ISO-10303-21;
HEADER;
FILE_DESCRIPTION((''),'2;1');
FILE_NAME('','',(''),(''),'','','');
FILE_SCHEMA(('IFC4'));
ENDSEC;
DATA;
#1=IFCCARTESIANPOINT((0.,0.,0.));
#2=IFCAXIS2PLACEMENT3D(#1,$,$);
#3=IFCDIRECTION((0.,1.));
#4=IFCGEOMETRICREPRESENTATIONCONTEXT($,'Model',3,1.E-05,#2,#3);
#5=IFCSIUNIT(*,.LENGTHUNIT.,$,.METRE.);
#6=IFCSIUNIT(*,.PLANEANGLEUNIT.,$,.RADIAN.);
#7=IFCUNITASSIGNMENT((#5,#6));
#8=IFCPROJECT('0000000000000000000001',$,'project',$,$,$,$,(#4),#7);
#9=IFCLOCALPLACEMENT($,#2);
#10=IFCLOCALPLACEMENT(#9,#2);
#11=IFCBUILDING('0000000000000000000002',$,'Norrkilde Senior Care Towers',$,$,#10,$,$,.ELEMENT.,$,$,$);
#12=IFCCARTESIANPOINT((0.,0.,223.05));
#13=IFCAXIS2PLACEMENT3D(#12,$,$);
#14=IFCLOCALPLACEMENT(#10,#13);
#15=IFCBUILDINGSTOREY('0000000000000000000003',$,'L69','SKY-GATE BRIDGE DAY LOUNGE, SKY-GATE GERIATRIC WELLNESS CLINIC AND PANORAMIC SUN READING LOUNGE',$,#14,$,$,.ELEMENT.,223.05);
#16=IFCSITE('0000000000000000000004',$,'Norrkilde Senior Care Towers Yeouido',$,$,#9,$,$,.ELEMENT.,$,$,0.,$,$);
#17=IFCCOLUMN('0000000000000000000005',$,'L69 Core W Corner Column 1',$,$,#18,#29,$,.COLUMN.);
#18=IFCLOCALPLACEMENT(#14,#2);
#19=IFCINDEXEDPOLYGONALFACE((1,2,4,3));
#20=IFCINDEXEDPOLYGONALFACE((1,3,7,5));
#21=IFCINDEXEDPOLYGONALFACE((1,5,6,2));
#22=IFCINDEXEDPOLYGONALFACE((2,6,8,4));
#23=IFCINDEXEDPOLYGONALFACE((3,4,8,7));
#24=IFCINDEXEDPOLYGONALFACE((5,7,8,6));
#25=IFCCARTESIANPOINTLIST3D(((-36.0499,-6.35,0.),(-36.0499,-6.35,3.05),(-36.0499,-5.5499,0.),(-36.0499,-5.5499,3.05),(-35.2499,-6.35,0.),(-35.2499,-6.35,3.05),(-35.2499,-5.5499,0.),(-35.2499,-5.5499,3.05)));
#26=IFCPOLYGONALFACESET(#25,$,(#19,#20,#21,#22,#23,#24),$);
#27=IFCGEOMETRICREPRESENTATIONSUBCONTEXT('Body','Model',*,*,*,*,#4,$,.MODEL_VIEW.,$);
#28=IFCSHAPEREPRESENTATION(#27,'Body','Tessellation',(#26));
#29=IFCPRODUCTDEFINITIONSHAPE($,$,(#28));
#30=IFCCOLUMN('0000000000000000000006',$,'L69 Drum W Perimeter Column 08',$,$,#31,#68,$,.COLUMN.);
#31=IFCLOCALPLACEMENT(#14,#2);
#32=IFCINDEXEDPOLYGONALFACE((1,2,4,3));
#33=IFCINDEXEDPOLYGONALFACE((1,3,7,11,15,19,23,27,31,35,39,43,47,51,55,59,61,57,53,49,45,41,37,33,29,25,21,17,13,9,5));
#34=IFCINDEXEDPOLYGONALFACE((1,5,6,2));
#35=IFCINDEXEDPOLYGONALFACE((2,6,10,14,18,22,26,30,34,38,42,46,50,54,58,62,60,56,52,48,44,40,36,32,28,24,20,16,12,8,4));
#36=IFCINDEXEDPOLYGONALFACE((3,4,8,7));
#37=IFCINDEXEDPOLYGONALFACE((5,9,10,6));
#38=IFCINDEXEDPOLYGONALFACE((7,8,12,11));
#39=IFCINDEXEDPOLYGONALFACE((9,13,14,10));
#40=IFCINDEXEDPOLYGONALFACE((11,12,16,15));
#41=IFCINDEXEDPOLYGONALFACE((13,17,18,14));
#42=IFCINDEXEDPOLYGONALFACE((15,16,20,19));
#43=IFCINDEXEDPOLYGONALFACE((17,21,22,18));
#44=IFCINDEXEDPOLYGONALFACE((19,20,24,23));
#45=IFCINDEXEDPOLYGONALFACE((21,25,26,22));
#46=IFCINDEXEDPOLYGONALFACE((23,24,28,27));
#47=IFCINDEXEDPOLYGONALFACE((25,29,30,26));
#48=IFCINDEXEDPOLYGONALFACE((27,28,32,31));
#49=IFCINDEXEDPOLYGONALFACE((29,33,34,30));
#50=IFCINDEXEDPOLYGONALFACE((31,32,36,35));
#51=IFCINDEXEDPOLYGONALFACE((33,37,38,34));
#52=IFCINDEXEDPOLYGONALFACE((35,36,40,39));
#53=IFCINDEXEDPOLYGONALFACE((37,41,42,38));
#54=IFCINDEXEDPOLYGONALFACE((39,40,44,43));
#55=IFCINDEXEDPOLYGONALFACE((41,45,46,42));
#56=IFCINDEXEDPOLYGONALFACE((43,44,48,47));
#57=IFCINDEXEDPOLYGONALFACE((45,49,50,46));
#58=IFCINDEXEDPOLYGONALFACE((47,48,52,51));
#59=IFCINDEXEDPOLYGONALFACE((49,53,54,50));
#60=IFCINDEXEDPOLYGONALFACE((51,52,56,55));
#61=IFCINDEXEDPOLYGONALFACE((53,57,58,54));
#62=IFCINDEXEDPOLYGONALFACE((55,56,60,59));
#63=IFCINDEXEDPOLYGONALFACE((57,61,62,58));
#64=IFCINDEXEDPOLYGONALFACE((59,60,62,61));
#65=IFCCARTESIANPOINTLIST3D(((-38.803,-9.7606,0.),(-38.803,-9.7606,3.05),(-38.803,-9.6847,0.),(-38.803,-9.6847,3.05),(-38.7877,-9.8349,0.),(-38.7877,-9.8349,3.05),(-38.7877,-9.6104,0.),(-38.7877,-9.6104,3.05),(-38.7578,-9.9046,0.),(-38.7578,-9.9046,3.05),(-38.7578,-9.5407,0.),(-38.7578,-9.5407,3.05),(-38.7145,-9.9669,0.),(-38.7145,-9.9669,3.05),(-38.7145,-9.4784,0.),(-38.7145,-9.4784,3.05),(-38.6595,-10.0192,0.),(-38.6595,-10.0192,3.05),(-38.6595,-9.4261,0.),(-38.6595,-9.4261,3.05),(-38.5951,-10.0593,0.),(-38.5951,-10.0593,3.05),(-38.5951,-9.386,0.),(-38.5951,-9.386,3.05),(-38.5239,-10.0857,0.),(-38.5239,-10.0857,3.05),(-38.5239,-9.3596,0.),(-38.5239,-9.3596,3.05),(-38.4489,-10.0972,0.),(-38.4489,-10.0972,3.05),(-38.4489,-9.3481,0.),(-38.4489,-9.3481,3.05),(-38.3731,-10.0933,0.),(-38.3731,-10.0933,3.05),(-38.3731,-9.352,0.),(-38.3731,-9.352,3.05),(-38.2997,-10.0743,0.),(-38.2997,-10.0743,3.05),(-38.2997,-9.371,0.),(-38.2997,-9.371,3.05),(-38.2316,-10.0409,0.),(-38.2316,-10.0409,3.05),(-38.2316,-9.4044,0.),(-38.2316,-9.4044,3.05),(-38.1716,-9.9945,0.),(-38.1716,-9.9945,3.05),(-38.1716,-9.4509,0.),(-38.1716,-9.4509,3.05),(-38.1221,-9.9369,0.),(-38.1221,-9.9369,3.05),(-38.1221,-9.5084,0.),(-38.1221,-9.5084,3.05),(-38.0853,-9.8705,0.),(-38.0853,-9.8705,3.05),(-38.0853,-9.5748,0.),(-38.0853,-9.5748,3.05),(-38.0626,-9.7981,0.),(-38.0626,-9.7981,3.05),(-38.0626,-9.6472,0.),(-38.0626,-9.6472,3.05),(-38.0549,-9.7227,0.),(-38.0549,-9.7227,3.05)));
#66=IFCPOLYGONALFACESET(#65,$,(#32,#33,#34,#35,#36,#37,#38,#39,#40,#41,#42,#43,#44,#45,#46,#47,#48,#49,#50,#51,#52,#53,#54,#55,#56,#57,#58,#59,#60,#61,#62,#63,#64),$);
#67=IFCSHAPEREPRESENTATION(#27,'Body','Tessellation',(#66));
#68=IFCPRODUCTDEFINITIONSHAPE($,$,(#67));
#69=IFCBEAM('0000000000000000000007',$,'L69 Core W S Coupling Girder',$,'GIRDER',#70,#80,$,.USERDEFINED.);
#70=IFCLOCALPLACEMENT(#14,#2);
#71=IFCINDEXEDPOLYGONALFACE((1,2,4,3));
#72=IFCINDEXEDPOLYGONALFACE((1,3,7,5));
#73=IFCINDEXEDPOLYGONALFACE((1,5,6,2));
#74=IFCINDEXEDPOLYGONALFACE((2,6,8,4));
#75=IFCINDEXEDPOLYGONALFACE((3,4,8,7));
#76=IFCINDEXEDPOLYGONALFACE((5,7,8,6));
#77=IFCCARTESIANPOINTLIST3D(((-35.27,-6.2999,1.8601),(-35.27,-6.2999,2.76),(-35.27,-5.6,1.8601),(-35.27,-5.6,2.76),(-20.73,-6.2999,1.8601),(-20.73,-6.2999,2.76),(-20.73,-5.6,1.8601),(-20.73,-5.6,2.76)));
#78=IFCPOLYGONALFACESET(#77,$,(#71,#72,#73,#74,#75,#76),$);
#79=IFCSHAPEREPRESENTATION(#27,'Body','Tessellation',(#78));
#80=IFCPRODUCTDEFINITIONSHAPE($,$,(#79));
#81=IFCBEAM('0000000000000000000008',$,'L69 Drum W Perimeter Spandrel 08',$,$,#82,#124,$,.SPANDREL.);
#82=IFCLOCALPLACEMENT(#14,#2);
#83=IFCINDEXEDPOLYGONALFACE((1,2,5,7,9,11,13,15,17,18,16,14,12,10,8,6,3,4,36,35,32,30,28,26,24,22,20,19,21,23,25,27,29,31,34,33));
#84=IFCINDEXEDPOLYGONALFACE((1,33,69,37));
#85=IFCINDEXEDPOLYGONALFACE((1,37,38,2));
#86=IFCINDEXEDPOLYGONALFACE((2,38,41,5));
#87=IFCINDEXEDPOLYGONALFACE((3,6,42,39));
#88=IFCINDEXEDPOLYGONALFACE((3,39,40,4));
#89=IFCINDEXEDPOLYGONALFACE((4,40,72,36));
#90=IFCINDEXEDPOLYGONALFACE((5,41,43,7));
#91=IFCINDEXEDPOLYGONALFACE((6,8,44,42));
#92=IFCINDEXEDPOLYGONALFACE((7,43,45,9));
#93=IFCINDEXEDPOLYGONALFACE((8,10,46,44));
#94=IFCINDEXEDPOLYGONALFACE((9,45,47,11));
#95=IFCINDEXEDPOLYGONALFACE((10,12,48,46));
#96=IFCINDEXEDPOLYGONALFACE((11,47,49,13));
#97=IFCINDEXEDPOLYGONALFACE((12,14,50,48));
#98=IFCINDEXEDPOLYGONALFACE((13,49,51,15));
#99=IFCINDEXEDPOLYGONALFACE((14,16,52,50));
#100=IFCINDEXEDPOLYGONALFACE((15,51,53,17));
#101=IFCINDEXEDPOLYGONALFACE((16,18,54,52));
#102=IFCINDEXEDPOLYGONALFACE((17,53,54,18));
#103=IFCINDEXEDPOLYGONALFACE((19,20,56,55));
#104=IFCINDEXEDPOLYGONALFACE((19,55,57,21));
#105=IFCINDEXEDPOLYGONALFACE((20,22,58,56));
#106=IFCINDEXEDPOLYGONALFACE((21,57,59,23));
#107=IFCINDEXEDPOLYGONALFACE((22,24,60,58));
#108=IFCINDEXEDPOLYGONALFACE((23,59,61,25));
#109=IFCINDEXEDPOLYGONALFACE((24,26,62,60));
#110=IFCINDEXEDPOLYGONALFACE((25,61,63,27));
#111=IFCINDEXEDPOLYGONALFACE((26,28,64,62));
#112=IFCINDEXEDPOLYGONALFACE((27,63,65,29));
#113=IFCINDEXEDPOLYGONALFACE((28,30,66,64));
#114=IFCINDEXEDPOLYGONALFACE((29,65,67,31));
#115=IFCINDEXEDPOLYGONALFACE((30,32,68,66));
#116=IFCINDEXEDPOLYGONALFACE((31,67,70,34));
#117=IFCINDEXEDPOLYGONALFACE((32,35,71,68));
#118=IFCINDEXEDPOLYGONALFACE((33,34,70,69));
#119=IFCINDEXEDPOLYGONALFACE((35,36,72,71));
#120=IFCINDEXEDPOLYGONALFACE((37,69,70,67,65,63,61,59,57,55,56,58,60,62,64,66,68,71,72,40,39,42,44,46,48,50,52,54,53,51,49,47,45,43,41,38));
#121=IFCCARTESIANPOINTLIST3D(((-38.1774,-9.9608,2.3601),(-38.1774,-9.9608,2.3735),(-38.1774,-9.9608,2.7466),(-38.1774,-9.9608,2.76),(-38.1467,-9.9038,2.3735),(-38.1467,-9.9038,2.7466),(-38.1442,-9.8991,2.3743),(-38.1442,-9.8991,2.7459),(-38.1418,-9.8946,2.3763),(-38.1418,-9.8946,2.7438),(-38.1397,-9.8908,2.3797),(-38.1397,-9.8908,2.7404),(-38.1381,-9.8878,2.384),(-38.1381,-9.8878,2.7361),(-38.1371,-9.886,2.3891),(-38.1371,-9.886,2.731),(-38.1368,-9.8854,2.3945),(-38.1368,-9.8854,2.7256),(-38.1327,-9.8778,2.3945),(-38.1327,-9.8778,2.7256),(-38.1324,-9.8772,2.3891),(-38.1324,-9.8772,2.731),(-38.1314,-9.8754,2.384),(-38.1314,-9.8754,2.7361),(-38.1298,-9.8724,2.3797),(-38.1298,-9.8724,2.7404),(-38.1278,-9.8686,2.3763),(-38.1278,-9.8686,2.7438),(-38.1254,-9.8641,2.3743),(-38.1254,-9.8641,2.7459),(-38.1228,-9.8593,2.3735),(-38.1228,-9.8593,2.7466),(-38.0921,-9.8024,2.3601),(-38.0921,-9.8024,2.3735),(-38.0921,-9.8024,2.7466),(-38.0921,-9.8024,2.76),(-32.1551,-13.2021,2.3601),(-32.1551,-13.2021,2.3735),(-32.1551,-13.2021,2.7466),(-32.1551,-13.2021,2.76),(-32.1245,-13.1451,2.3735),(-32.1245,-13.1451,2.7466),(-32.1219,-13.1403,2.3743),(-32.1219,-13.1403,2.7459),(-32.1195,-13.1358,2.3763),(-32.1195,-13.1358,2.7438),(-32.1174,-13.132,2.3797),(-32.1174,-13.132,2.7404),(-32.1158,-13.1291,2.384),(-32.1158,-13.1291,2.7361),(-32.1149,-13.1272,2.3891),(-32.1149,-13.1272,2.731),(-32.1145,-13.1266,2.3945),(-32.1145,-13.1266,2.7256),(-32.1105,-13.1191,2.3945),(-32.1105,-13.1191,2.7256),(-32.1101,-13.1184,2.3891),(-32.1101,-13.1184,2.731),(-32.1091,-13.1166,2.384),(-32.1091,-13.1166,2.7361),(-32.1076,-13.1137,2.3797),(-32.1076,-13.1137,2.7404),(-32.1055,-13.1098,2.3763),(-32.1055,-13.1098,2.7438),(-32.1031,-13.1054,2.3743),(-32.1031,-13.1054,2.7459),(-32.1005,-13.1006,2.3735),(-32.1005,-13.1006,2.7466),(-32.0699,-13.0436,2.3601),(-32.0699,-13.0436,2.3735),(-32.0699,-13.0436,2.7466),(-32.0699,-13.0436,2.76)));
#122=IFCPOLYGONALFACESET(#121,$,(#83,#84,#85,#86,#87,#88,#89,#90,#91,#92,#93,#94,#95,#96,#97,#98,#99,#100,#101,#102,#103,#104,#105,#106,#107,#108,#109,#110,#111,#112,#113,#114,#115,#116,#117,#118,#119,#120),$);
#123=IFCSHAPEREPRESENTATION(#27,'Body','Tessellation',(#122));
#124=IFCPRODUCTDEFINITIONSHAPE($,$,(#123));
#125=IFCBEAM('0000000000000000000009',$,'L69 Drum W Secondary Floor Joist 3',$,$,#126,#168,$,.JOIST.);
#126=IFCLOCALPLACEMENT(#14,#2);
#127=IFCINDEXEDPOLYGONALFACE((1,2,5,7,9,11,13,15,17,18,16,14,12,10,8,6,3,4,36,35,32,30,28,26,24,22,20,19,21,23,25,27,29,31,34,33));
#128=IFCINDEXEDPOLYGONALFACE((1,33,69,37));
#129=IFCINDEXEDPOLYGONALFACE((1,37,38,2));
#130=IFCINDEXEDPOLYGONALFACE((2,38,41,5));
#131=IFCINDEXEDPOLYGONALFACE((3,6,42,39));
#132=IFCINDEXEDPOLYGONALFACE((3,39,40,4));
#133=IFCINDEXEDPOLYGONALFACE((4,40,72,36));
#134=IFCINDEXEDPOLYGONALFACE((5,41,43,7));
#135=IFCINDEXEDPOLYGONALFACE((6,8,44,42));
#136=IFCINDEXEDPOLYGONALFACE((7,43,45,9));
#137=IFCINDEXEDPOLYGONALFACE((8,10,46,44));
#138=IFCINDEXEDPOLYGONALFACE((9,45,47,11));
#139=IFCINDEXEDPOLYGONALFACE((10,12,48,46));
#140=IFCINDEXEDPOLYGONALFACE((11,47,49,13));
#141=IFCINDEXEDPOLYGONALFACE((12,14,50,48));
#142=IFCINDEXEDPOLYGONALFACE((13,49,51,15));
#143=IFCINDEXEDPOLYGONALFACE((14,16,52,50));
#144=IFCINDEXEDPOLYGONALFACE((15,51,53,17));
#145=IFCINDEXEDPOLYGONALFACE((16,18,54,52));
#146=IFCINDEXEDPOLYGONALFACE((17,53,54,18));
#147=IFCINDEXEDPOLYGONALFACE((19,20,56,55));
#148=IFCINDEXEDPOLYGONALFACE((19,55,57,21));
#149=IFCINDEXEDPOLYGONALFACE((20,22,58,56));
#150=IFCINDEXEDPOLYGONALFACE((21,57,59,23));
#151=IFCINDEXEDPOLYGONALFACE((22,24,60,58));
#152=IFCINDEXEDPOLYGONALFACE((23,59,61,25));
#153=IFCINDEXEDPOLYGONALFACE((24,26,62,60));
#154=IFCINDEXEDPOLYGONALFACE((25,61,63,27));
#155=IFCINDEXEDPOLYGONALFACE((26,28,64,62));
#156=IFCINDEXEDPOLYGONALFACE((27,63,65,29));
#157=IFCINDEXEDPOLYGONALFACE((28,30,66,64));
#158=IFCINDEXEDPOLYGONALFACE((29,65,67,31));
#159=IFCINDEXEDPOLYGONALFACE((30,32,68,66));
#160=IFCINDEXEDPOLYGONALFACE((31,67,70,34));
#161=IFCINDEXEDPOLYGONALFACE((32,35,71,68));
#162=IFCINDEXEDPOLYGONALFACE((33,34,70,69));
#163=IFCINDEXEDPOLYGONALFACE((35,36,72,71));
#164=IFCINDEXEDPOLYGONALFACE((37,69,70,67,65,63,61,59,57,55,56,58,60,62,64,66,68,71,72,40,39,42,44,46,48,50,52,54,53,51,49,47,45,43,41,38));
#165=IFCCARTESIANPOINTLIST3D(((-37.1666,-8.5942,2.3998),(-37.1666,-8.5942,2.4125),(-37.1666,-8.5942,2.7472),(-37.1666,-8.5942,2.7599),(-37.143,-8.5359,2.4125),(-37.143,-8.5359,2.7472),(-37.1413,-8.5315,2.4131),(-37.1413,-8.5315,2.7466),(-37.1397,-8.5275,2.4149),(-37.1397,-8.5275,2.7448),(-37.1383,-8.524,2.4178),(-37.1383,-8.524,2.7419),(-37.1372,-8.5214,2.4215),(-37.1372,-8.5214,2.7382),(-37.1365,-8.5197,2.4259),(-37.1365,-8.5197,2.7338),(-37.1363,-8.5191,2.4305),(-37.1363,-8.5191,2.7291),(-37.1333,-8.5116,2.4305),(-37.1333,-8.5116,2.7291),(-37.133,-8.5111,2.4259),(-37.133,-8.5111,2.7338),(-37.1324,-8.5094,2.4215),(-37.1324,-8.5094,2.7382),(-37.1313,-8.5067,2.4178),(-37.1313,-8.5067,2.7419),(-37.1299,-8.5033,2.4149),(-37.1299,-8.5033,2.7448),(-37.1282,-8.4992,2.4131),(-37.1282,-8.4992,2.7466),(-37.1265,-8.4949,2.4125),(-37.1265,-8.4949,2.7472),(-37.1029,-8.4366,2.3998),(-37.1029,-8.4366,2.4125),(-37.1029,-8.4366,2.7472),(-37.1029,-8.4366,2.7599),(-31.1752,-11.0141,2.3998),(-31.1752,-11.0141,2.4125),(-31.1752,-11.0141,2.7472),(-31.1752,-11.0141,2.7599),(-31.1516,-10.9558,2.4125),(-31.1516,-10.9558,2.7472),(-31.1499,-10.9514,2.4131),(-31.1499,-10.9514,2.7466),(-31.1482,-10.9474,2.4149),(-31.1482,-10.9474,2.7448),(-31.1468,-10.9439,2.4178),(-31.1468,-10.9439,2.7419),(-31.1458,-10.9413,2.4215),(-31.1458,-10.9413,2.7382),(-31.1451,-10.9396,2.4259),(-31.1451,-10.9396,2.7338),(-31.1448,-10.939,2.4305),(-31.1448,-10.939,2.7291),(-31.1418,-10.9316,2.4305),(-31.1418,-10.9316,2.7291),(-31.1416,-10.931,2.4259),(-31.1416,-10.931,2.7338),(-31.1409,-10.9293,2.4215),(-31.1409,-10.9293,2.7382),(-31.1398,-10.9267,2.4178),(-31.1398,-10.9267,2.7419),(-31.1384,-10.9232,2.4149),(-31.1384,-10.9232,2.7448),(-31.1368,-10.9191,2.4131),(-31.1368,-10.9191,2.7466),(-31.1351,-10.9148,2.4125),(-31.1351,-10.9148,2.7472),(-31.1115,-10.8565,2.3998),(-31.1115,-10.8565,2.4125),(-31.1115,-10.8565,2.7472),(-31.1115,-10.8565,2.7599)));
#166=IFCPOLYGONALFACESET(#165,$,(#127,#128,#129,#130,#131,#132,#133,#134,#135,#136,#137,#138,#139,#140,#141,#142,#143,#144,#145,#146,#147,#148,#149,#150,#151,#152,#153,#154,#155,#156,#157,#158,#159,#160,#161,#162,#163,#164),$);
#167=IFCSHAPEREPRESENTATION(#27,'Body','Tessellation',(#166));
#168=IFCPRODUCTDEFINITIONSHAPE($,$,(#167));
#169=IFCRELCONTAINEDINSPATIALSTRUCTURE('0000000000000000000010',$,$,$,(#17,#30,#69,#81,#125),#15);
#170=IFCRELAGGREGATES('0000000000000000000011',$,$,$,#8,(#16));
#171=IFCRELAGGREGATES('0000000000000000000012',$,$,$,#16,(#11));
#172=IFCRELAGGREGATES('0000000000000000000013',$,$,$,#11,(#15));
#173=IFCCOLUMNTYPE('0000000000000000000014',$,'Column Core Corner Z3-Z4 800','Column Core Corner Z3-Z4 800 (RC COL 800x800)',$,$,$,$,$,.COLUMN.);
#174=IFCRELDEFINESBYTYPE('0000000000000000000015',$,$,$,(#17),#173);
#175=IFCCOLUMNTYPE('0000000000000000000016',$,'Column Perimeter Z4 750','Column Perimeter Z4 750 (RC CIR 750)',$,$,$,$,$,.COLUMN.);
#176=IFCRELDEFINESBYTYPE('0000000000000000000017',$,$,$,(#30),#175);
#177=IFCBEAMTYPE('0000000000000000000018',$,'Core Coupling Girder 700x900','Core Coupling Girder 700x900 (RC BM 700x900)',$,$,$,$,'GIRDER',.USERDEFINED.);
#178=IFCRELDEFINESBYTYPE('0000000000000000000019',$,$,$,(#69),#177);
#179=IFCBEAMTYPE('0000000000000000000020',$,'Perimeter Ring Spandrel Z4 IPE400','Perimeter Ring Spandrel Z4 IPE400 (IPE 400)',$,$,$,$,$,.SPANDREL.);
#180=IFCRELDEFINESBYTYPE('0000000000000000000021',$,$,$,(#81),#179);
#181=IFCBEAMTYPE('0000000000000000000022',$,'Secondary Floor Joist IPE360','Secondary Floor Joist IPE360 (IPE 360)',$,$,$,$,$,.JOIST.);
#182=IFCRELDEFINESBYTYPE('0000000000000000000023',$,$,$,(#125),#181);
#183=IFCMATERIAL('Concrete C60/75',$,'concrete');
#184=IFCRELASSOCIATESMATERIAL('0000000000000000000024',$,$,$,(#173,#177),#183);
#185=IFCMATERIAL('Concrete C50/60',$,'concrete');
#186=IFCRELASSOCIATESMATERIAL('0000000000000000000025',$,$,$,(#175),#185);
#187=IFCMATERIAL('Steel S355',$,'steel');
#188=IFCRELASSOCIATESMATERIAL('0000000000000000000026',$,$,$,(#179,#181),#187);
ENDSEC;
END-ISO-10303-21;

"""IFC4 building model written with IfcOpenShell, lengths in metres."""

from ifc_helpers import new_model, si_unit, direction, frame, origin, origin_2d, place, context, subcontext, project, spatial, rectangle, circle, i_section, extrude, source, transform, mapped, material, material_profile, profile_set, type_object, type_shapes, element, save


model = new_model("IFC4")

# Units and contexts
model_context = context("Model", 3, precision=1e-05, world=origin(), true_north=direction((0.0, 1.0)))
body_context = subcontext(model_context, "Body", "Model", "MODEL_VIEW")
ifc_project = project(units=[si_unit("LENGTHUNIT", "METRE"), si_unit("PLANEANGLEUNIT", "RADIAN")], contexts=[model_context])

# Site, building, storey
site_placement = place(None, origin())
site = spatial("IfcSite", under=ifc_project, at=site_placement, Name="Norrkilde Senior Care Towers Yeouido", CompositionType="ELEMENT", RefElevation=0.0)
building_placement = place(site_placement, origin())
building = spatial("IfcBuilding", under=site, at=building_placement, Name="Norrkilde Senior Care Towers", CompositionType="ELEMENT")
storey_placement = place(building_placement, frame((0.0, 0.0, 223.05)))
storey = spatial("IfcBuildingStorey", under=building, at=storey_placement, Name="L69", Description="SKY-GATE BRIDGE DAY LOUNGE, SKY-GATE GERIATRIC WELLNESS CLINIC AND PANORAMIC SUN READING LOUNGE", CompositionType="ELEMENT", Elevation=223.05)

# Columns
ifc_material_1 = material(Name="Concrete C60/75", Category="concrete")
ifc_material_profile_1 = material_profile(ifc_material_1, rectangle(XDim=0.8, YDim=0.8, at=origin_2d()), Name="RC COL 800x800")
ifc_profile_set_1 = profile_set([ifc_material_profile_1], Name="Concrete C60/75")
column_type_1 = type_object("IfcColumnType", Name="Column Core Corner Z3-Z4 800", Description="Column Core Corner Z3-Z4 800 (RC COL 800x800)", PredefinedType="COLUMN", material=ifc_profile_set_1)
shared_shape_1 = source(origin(), body_context, "Body", "SweptSolid", [
    extrude(rectangle(XDim=0.8, YDim=0.8, at=origin_2d()), origin(), (0.0, 0.0, 1.0), 3.05),
])
type_shapes(column_type_1, [shared_shape_1])
column_1_placement = place(storey_placement, frame((-35.6499, -5.95, 0.0), z_axis=(0.0, 0.0, 1.0), x_axis=(1.0, 0.0, 0.0)))
element("IfcColumn", 1, at=column_1_placement, inside=storey, type_object=column_type_1, Name="L69 Core W Corner Column 1", PredefinedType="COLUMN", context=body_context, shape_type="MappedRepresentation", body=[
    mapped(shared_shape_1, transform((0.0, 0.0, 0.0), x_axis=(1.0, 0.0, 0.0), y_axis=(0.0, 1.0, 0.0), z_axis=(0.0, 0.0, 1.0), scale=1.0)),
])
ifc_material_2 = material(Name="Concrete C50/60", Category="concrete")
ifc_material_profile_2 = material_profile(ifc_material_2, circle(Radius=0.375, at=origin_2d()), Name="RC CIR 750")
ifc_profile_set_2 = profile_set([ifc_material_profile_2], Name="Concrete C50/60")
column_type_2 = type_object("IfcColumnType", Name="Column Perimeter Z4 750", Description="Column Perimeter Z4 750 (RC CIR 750)", PredefinedType="COLUMN", material=ifc_profile_set_2)
shared_shape_2 = source(origin(), body_context, "Body", "SweptSolid", [
    extrude(circle(Radius=0.375, at=origin_2d()), origin(), (0.0, 0.0, 1.0), 3.05),
])
type_shapes(column_type_2, [shared_shape_2])
column_2_placement = place(storey_placement, frame((-38.4299, -9.7227, 0.0), z_axis=(0.0, 0.0, 1.0), x_axis=(1.0, 0.0, 0.0)))
element("IfcColumn", 2, at=column_2_placement, inside=storey, type_object=column_type_2, Name="L69 Drum W Perimeter Column 08", PredefinedType="COLUMN", context=body_context, shape_type="MappedRepresentation", body=[
    mapped(shared_shape_2, transform((0.0, 0.0, 0.0), x_axis=(1.0, 0.0, 0.0), y_axis=(0.0, 1.0, 0.0), z_axis=(0.0, 0.0, 1.0), scale=1.0)),
])

# Beams
ifc_material_profile_3 = material_profile(ifc_material_1, rectangle(XDim=0.7, YDim=0.8999, at=origin_2d()), Name="RC BM 700x900")
ifc_profile_set_3 = profile_set([ifc_material_profile_3], Name="Concrete C60/75")
beam_type_1 = type_object("IfcBeamType", Name="Core Coupling Girder 700x900", Description="Core Coupling Girder 700x900 (RC BM 700x900)", ElementType="GIRDER", PredefinedType="USERDEFINED", material=ifc_profile_set_3)
shared_shape_3 = source(origin(), body_context, "Body", "SweptSolid", [
    extrude(rectangle(XDim=0.7, YDim=0.8999, at=origin_2d()), origin(), (0.0, 0.0, 1.0), 14.54),
])
type_shapes(beam_type_1, [shared_shape_3])
beam_1_placement = place(storey_placement, frame((-35.27, -5.95, 2.3101), z_axis=(1.0, 0.0, 0.0), x_axis=(0.0, 1.0, 0.0)))
element("IfcBeam", 3, at=beam_1_placement, inside=storey, type_object=beam_type_1, Name="L69 Core W S Coupling Girder", ObjectType="GIRDER", PredefinedType="USERDEFINED", context=body_context, shape_type="MappedRepresentation", body=[
    mapped(shared_shape_3, transform((0.0, 0.0, 0.0), x_axis=(1.0, 0.0, 0.0), y_axis=(0.0, 1.0, 0.0), z_axis=(0.0, 0.0, 1.0), scale=1.0)),
])
ifc_material_3 = material(Name="Steel S355", Category="steel")
ifc_material_profile_4 = material_profile(ifc_material_3, i_section(OverallWidth=0.1799, OverallDepth=0.3999, WebThickness=0.0085, FlangeThickness=0.0134, FilletRadius=0.021, at=origin_2d()), Name="IPE 400")
ifc_profile_set_4 = profile_set([ifc_material_profile_4], Name="Steel S355")
beam_type_2 = type_object("IfcBeamType", Name="Perimeter Ring Spandrel Z4 IPE400", Description="Perimeter Ring Spandrel Z4 IPE400 (IPE 400)", PredefinedType="SPANDREL", material=ifc_profile_set_4)
shared_shape_4 = source(origin(), body_context, "Body", "SweptSolid", [
    extrude(i_section(OverallWidth=0.1799, OverallDepth=0.3999, WebThickness=0.0085, FlangeThickness=0.0134, FilletRadius=0.021, at=origin_2d()), origin(), (0.0, 0.0, 1.0), 6.8391),
])
type_shapes(beam_type_2, [shared_shape_4])
beam_2_placement = place(storey_placement, frame((-38.1348, -9.8816, 2.5601), z_axis=(0.880564, -0.473927, 0.0), x_axis=(0.473927, 0.880564, 0.0)))
element("IfcBeam", 4, at=beam_2_placement, inside=storey, type_object=beam_type_2, Name="L69 Drum W Perimeter Spandrel 08", PredefinedType="SPANDREL", context=body_context, shape_type="MappedRepresentation", body=[
    mapped(shared_shape_4, transform((0.0, 0.0, 0.0), x_axis=(1.0, 0.0, 0.0), y_axis=(0.0, 1.0, 0.0), z_axis=(0.0, 0.0, 1.0), scale=1.0)),
])
ifc_material_profile_5 = material_profile(ifc_material_3, i_section(OverallWidth=0.1699, OverallDepth=0.3601, WebThickness=0.0081, FlangeThickness=0.0127, FilletRadius=0.0181, at=origin_2d()), Name="IPE 360")
ifc_profile_set_5 = profile_set([ifc_material_profile_5], Name="Steel S355")
beam_type_3 = type_object("IfcBeamType", Name="Secondary Floor Joist IPE360", Description="Secondary Floor Joist IPE360 (IPE 360)", PredefinedType="JOIST", material=ifc_profile_set_5)
shared_shape_5 = source(origin(), body_context, "Body", "SweptSolid", [
    extrude(i_section(OverallWidth=0.1699, OverallDepth=0.3601, WebThickness=0.0081, FlangeThickness=0.0127, FilletRadius=0.0181, at=origin_2d()), origin(), (0.0, 0.0, 1.0), 6.4617),
])
type_shapes(beam_type_3, [shared_shape_5])
beam_3_placement = place(storey_placement, frame((-37.1348, -8.5154, 2.5798), z_axis=(0.927226, -0.374502, 0.0), x_axis=(0.374502, 0.927226, 0.0)))
element("IfcBeam", 5, at=beam_3_placement, inside=storey, type_object=beam_type_3, Name="L69 Drum W Secondary Floor Joist 3", PredefinedType="JOIST", context=body_context, shape_type="MappedRepresentation", body=[
    mapped(shared_shape_5, transform((0.0, 0.0, 0.0), x_axis=(1.0, 0.0, 0.0), y_axis=(0.0, 1.0, 0.0), z_axis=(0.0, 0.0, 1.0), scale=1.0)),
])

save(model, "model.ifc")
